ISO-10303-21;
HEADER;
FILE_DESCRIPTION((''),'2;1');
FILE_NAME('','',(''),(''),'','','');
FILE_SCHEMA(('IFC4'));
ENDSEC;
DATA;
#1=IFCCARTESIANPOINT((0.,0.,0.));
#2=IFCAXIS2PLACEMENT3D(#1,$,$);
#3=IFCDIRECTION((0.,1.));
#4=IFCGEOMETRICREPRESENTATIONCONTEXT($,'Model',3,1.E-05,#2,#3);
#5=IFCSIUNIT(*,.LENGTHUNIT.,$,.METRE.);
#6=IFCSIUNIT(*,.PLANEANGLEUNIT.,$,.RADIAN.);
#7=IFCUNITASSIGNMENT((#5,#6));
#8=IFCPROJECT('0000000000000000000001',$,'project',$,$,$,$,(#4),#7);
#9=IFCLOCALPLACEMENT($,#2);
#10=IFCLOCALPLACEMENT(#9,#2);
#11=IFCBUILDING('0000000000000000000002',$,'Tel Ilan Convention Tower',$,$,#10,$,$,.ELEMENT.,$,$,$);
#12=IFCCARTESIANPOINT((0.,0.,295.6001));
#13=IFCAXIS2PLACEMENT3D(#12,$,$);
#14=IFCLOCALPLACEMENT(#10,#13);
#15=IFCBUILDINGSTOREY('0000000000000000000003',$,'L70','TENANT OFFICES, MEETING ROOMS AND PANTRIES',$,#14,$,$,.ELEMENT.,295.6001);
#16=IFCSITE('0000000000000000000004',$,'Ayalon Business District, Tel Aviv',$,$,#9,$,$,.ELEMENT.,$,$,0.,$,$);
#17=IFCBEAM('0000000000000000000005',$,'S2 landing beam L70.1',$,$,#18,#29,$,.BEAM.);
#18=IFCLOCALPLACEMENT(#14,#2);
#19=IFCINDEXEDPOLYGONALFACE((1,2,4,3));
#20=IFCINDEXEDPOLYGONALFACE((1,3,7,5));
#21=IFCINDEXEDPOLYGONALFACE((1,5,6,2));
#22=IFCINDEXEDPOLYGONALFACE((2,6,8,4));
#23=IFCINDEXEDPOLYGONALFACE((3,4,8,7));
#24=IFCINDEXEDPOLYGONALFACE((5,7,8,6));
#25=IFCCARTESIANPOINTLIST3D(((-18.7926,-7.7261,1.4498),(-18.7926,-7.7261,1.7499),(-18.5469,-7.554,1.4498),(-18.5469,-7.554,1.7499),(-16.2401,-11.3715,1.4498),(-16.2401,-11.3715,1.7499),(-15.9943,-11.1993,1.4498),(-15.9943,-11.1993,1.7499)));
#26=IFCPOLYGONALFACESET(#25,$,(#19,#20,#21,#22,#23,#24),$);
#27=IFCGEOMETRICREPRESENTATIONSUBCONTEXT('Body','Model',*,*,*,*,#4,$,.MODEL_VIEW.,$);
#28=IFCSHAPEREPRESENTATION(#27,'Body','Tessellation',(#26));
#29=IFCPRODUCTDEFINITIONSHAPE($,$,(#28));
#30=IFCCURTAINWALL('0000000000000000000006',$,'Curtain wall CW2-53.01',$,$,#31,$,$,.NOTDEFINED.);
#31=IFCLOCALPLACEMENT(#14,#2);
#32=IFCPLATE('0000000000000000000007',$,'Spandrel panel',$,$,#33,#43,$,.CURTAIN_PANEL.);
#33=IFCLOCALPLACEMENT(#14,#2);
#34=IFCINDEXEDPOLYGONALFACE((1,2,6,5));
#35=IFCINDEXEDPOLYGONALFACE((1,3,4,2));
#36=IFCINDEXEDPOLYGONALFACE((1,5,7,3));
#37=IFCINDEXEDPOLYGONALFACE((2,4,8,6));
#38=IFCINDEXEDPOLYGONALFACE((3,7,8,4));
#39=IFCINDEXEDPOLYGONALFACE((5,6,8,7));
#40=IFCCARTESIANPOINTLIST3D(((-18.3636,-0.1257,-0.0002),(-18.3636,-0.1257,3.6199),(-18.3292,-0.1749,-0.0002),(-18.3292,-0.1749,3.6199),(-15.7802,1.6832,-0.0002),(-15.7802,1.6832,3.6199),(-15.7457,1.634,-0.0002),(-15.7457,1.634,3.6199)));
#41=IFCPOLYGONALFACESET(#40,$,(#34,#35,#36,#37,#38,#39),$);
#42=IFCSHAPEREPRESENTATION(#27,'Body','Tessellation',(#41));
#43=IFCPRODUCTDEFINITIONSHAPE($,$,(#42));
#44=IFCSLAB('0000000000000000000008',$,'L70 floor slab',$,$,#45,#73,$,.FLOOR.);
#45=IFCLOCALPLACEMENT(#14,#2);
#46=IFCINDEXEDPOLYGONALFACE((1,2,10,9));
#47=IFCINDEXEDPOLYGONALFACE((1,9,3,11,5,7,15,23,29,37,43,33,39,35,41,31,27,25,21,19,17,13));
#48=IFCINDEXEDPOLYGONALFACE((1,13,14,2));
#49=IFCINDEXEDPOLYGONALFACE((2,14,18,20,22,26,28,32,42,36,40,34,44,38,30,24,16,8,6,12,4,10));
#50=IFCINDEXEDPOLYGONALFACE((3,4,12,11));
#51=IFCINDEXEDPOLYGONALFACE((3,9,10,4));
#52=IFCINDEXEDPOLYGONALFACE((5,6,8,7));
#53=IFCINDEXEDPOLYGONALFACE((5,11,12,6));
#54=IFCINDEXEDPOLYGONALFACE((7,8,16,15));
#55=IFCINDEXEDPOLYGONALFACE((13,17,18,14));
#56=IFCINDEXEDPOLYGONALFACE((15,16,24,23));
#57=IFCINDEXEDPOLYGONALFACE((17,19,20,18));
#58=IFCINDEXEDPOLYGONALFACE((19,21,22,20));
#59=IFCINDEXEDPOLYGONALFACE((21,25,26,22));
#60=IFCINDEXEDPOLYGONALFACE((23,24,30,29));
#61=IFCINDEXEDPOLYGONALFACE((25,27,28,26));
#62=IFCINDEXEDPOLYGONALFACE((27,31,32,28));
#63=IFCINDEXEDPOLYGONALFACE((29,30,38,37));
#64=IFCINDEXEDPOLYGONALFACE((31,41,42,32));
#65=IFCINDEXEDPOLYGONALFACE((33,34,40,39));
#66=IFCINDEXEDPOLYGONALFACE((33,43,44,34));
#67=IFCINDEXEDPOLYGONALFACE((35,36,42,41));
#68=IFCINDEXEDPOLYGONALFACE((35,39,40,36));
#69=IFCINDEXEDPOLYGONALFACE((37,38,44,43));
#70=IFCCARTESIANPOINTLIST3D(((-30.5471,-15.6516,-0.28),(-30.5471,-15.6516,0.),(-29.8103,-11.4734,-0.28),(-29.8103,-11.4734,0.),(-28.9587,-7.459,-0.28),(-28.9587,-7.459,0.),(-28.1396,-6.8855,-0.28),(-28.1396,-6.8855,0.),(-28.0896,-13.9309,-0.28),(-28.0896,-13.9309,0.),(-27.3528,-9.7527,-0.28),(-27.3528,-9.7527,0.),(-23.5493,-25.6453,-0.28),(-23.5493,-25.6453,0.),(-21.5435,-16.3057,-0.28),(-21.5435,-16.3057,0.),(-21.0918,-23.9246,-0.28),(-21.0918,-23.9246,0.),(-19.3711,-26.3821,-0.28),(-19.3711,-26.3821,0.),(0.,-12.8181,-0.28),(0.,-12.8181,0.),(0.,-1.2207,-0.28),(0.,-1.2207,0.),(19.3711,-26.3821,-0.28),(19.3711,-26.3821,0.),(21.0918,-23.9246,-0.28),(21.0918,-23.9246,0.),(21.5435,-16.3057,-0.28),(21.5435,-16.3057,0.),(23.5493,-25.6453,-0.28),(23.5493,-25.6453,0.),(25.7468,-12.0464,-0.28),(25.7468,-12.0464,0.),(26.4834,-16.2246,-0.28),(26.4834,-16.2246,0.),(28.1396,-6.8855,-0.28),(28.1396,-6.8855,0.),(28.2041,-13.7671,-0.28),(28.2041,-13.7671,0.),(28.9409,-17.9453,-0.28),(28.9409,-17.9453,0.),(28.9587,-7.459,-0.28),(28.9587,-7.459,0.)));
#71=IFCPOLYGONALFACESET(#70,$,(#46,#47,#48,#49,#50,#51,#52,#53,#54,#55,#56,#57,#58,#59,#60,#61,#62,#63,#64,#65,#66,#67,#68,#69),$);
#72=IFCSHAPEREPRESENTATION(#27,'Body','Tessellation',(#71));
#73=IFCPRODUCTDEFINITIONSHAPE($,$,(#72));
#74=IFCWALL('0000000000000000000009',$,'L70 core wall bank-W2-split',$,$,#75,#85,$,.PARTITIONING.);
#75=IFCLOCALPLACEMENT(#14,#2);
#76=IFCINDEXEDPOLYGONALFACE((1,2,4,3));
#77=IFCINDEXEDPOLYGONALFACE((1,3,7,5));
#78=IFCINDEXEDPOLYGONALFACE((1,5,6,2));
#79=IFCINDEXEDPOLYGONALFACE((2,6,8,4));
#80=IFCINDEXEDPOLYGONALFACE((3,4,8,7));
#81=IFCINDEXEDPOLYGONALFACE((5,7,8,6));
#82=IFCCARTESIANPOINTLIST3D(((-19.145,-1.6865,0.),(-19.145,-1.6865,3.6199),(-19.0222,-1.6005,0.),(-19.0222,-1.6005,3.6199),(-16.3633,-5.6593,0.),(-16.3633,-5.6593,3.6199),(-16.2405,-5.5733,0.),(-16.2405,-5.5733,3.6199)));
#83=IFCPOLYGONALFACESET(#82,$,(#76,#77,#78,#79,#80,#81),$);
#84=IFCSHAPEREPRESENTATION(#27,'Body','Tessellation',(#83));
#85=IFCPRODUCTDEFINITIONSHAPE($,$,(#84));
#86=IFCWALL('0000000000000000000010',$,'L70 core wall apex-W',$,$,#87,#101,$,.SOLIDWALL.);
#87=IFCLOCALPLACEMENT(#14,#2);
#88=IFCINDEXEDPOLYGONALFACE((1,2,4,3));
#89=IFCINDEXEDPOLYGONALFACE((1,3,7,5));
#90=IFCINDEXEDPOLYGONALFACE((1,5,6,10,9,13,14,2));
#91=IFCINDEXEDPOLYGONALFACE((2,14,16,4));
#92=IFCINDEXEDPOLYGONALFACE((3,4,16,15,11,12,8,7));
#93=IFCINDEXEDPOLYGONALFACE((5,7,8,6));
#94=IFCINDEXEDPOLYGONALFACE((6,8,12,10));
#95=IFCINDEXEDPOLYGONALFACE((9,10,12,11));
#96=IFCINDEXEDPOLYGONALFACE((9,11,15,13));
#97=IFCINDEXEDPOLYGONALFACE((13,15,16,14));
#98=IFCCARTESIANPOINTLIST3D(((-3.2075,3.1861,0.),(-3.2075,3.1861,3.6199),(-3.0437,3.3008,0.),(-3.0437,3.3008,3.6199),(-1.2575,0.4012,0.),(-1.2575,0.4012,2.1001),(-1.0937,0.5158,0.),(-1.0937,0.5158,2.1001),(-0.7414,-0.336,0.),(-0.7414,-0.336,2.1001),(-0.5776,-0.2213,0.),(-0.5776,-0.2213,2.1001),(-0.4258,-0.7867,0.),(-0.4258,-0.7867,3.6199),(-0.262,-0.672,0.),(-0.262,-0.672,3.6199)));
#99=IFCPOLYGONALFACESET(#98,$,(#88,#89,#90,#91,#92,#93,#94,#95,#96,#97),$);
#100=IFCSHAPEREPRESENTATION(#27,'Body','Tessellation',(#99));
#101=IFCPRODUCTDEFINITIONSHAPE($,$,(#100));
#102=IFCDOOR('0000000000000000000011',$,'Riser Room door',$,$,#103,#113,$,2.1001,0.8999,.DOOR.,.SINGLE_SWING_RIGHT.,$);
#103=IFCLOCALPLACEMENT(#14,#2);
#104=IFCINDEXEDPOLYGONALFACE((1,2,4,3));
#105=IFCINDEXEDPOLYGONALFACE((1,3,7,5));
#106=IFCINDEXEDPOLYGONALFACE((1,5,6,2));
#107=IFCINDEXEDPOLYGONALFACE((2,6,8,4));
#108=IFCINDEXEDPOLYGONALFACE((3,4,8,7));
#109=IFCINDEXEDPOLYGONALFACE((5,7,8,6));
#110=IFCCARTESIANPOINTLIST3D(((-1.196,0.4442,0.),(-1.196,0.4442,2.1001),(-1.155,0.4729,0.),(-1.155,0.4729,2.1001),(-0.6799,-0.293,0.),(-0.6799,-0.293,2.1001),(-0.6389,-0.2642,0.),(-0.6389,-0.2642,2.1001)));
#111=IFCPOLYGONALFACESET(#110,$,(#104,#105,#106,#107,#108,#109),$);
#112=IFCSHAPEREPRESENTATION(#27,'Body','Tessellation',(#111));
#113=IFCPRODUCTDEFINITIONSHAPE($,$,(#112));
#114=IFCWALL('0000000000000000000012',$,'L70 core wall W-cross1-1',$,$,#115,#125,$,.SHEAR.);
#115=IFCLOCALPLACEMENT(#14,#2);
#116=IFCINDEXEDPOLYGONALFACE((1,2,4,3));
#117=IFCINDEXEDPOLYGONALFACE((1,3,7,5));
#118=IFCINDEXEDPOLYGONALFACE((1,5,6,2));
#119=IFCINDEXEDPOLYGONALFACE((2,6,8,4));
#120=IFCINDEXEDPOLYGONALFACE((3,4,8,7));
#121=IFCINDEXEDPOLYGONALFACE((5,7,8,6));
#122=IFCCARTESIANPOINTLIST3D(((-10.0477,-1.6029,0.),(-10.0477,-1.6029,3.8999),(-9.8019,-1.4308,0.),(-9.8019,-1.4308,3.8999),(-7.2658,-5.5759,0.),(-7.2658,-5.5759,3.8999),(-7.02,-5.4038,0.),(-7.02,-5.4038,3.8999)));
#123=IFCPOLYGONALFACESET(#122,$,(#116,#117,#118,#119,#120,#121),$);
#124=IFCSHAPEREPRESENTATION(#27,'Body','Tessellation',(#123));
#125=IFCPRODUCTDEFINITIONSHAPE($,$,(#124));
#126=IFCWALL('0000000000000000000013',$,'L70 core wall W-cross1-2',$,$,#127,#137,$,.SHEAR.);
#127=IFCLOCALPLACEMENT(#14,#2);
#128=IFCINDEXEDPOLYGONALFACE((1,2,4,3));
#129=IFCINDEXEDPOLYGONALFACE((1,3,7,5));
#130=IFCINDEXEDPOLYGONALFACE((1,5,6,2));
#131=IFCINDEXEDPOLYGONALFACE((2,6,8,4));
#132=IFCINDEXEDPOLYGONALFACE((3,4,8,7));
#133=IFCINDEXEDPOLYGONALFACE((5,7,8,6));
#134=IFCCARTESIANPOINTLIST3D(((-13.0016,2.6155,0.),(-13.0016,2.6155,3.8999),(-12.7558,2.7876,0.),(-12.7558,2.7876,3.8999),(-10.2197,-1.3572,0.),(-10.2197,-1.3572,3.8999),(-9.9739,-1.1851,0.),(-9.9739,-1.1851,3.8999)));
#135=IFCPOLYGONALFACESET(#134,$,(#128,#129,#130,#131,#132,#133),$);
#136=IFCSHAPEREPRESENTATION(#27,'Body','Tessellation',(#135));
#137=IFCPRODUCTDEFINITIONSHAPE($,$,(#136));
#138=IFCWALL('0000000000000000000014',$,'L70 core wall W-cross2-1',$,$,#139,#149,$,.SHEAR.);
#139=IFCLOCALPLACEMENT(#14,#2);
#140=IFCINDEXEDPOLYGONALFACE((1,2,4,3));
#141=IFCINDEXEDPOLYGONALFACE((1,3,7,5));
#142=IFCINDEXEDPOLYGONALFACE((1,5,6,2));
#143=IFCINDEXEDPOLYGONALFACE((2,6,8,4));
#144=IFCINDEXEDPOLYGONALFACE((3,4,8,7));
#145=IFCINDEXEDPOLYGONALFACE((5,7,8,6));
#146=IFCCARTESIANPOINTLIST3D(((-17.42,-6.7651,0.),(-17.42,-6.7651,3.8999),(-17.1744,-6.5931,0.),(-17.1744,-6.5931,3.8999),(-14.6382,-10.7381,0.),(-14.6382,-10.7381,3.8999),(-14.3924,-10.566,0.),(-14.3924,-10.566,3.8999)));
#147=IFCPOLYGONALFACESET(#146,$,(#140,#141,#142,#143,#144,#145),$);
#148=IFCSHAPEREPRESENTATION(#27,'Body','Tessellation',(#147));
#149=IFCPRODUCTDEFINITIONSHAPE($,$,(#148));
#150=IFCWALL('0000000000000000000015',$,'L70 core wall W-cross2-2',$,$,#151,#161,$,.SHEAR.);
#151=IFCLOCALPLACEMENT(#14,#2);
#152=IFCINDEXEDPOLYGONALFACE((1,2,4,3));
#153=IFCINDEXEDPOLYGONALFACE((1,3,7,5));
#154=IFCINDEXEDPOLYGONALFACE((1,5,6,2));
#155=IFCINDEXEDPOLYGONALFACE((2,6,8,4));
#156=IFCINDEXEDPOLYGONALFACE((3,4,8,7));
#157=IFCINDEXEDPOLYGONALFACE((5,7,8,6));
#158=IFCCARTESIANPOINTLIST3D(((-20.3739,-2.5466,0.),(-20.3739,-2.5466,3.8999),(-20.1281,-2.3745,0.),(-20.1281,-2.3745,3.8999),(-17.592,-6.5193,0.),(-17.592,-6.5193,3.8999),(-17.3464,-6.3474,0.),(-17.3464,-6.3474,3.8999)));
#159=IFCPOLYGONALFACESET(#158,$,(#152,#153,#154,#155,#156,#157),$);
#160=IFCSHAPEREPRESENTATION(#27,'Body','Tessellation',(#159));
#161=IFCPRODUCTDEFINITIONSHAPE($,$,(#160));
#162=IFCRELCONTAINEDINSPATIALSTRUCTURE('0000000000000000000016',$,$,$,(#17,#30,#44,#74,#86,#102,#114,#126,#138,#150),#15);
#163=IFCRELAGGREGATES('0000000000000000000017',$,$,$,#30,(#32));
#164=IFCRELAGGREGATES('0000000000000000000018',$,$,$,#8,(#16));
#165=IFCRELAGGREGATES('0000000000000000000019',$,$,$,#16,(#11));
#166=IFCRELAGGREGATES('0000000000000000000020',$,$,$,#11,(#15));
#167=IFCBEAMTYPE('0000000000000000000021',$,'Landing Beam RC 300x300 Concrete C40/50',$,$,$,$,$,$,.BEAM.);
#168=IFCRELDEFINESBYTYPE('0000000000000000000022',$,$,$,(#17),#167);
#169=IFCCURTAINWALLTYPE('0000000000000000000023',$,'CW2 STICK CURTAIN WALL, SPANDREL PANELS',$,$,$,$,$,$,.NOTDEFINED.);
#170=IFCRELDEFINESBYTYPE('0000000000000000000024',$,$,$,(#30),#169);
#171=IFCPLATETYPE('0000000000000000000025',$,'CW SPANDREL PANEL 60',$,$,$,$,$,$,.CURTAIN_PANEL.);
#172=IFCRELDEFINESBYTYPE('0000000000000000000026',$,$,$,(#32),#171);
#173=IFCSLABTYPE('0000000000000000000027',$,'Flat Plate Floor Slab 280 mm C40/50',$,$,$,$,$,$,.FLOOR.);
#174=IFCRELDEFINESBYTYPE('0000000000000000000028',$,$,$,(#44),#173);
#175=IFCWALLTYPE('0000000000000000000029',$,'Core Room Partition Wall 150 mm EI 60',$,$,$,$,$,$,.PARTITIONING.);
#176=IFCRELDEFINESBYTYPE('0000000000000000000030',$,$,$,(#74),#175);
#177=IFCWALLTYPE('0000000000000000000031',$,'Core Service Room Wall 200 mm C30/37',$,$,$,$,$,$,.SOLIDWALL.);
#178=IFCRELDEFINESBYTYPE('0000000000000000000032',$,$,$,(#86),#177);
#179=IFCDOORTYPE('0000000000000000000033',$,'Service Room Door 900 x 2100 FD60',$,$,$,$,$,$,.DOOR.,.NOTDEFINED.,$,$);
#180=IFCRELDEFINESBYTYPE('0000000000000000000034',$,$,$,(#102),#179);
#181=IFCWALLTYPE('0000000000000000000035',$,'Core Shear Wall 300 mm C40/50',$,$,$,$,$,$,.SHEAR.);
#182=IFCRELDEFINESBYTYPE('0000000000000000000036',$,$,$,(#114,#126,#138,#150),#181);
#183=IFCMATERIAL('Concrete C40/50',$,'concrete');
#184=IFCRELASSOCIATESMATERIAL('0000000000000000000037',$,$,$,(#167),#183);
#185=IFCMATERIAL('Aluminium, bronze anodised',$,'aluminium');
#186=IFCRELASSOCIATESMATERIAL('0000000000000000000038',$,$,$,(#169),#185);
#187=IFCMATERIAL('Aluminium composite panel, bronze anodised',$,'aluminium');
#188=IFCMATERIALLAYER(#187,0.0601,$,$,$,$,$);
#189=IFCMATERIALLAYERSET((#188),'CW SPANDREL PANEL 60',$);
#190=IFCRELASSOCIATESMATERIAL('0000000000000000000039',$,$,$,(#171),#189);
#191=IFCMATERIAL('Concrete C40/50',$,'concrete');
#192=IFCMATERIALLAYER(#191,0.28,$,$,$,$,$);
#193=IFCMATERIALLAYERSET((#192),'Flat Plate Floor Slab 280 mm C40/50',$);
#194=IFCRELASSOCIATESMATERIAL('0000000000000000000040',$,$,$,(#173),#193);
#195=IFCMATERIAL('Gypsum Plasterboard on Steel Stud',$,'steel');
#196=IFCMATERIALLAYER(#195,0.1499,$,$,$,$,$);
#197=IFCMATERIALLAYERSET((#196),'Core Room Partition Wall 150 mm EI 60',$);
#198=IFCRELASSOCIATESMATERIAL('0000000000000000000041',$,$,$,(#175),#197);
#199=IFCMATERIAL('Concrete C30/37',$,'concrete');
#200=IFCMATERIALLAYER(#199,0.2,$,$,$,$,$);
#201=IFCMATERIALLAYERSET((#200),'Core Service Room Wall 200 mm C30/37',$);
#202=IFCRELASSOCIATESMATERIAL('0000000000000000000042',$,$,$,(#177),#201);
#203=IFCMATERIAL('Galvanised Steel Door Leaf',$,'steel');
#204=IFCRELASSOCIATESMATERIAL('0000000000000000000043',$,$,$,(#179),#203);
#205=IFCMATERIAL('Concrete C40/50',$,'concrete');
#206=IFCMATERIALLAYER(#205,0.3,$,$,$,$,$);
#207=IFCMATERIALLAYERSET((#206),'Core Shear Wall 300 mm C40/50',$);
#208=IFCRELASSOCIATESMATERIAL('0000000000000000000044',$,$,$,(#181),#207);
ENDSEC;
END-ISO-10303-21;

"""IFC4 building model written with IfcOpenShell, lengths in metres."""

from ifc_helpers import new_model, si_unit, direction, frame, frame_2d, origin, origin_2d, place, context, subcontext, project, spatial, polyline, rectangle, outline, extrude, material, layer, layer_set, material_profile, profile_set, type_object, element, fill, aggregate, save


model = new_model("IFC4")

# Units and contexts
model_context = context("Model", 3, precision=1e-05, world=origin(), true_north=direction((0.0, 1.0)))
body_context = subcontext(model_context, "Body", "Model", "MODEL_VIEW")
ifc_project = project(units=[si_unit("LENGTHUNIT", "METRE"), si_unit("PLANEANGLEUNIT", "RADIAN")], contexts=[model_context])

# Site, building, storey
site_placement = place(None, origin())
site = spatial("IfcSite", under=ifc_project, at=site_placement, Name="Ayalon Business District, Tel Aviv", CompositionType="ELEMENT", RefElevation=0.0)
building_placement = place(site_placement, origin())
building = spatial("IfcBuilding", under=site, at=building_placement, Name="Tel Ilan Convention Tower", CompositionType="ELEMENT")
storey_placement = place(building_placement, frame((0.0, 0.0, 295.6001)))
storey = spatial("IfcBuildingStorey", under=building, at=storey_placement, Name="L70", Description="TENANT OFFICES, MEETING ROOMS AND PANTRIES", CompositionType="ELEMENT", Elevation=295.6001)

# Beam
ifc_material_1 = material(Name="Concrete C40/50", Category="concrete")
ifc_material_profile = material_profile(ifc_material_1, rectangle(XDim=0.3, YDim=0.3, at=origin_2d()), Name="RC 300x300")
ifc_profile_set = profile_set([ifc_material_profile], Name="Concrete C40/50")
beam_type = type_object("IfcBeamType", Name="Landing Beam RC 300x300 Concrete C40/50", PredefinedType="BEAM", material=ifc_profile_set)
beam_placement = place(storey_placement, frame((-16.1172, -11.2854, 1.5999), z_axis=(-0.573584, 0.819147, 0.0), x_axis=(-0.819147, -0.573584, 0.0)))
element("IfcBeam", 1, at=beam_placement, inside=storey, type_object=beam_type, Name="S2 landing beam L70.1", PredefinedType="BEAM", context=body_context, shape_type="SweptSolid", body=[
    extrude(rectangle(XDim=0.3, YDim=0.3, at=origin_2d()), origin(), (0.0, 0.0, 1.0), 4.4502),
])

# Curtain wall, plate
ifc_material_2 = material(Name="Aluminium, bronze anodised", Category="aluminium")
curtain_wall_type = type_object("IfcCurtainWallType", Name="CW2 STICK CURTAIN WALL, SPANDREL PANELS", PredefinedType="NOTDEFINED", material=ifc_material_2)
curtain_wall_placement = place(storey_placement, origin())
curtain_wall = element("IfcCurtainWall", 2, at=curtain_wall_placement, inside=storey, type_object=curtain_wall_type, Name="Curtain wall CW2-53.01", PredefinedType="NOTDEFINED")
ifc_material_3 = material(Name="Aluminium composite panel, bronze anodised", Category="aluminium")
ifc_layer_1 = layer(ifc_material_3, 0.0601)
ifc_layer_set_1 = layer_set([ifc_layer_1], Name="CW SPANDREL PANEL 60")
plate_type = type_object("IfcPlateType", Name="CW SPANDREL PANEL 60", PredefinedType="CURTAIN_PANEL", material=ifc_layer_set_1)
plate_placement = place(storey_placement, frame((-17.0547, 0.7542, -0.0002), z_axis=(0.0, 0.0, 1.0), x_axis=(-0.819152, -0.573576, 0.0)))
plate = element("IfcPlate", 3, at=plate_placement, type_object=plate_type, Name="Spandrel panel", PredefinedType="CURTAIN_PANEL", context=body_context, shape_type="SweptSolid", body=[
    extrude(rectangle(XDim=3.1538, YDim=0.0601, at=origin_2d()), origin(), (0.0, 0.0, 1.0), 3.6201),
])
aggregate(curtain_wall, [plate])

# Slab
ifc_material_4 = material(Name="Concrete C40/50", Category="concrete")
ifc_layer_2 = layer(ifc_material_4, 0.28)
ifc_layer_set_2 = layer_set([ifc_layer_2], Name="Flat Plate Floor Slab 280 mm C40/50")
slab_type = type_object("IfcSlabType", Name="Flat Plate Floor Slab 280 mm C40/50", PredefinedType="FLOOR", material=ifc_layer_set_2)
slab_placement = place(storey_placement, frame((0.0, 0.0, -0.28)))
element("IfcSlab", 4, at=slab_placement, inside=storey, type_object=slab_type, Name="L70 floor slab", PredefinedType="FLOOR", context=body_context, shape_type="SweptSolid", body=[
    extrude(outline(polyline([(-21.0918, -23.9246), (-23.5493, -25.6453), (-30.5471, -15.6516), (-28.0896, -13.9309), (-29.8103, -11.4734), (-27.3528, -9.7527), (-28.9587, -7.459), (-28.1396, -6.8855), (-21.5435, -16.3057), (0.0, -1.2207), (21.5435, -16.3057), (28.1396, -6.8855), (28.9587, -7.459), (25.7468, -12.0464), (28.2041, -13.7671), (26.4834, -16.2246), (28.9409, -17.9453), (23.5493, -25.6453), (21.0918, -23.9246), (19.3711, -26.3821), (0.0, -12.8181), (-19.3711, -26.3821), (-21.0918, -23.9246)])), origin(), (0.0, 0.0, 1.0), 0.28),
])

# Wall
ifc_material_5 = material(Name="Gypsum Plasterboard on Steel Stud", Category="steel")
ifc_layer_3 = layer(ifc_material_5, 0.1499)
ifc_layer_set_3 = layer_set([ifc_layer_3], Name="Core Room Partition Wall 150 mm EI 60")
wall_type_1 = type_object("IfcWallType", Name="Core Room Partition Wall 150 mm EI 60", PredefinedType="PARTITIONING", material=ifc_layer_set_3)
wall_1_placement = place(storey_placement, frame((-16.302, -5.6162, 0.0), z_axis=(0.0, 0.0, 1.0), x_axis=(-0.57356, 0.819163, 0.0)))
element("IfcWall", 5, at=wall_1_placement, inside=storey, type_object=wall_type_1, Name="L70 core wall bank-W2-split", PredefinedType="PARTITIONING", context=body_context, shape_type="SweptSolid", body=[
    extrude(rectangle(XDim=4.8499, YDim=0.1499, at=frame_2d((2.4248, 0.0))), origin(), (0.0, 0.0, 1.0), 3.6199),
])

# Wall, opening, door
ifc_material_6 = material(Name="Concrete C30/37", Category="concrete")
ifc_layer_4 = layer(ifc_material_6, 0.2)
ifc_layer_set_4 = layer_set([ifc_layer_4], Name="Core Service Room Wall 200 mm C30/37")
wall_type_2 = type_object("IfcWallType", Name="Core Service Room Wall 200 mm C30/37", PredefinedType="SOLIDWALL", material=ifc_layer_set_4)
wall_2_placement = place(storey_placement, frame((-0.344, -0.7292, 0.0), z_axis=(0.0, 0.0, 1.0), x_axis=(-0.57356, 0.819163, 0.0)))
wall_2 = element("IfcWall", 6, at=wall_2_placement, inside=storey, type_object=wall_type_2, Name="L70 core wall apex-W", PredefinedType="SOLIDWALL", context=body_context, shape_type="SweptSolid", body=[
    extrude(rectangle(XDim=4.8499, YDim=0.2, at=frame_2d((2.4248, 0.0))), origin(), (0.0, 0.0, 1.0), 3.6199),
])
opening_1_placement = place(wall_2_placement, frame((0.55, 0.0, 0.0)))
opening_1 = element("IfcOpeningElement", 7, at=opening_1_placement, cuts=wall_2, PredefinedType="OPENING", context=body_context, shape_type="SweptSolid", body=[
    extrude(rectangle(XDim=0.8999, YDim=2.1001, at=frame_2d((0.45, 1.05))), frame((0.0, 0.1099, 0.0), z_axis=(0.0, -1.0, 0.0), x_axis=(1.0, 0.0, 0.0)), (0.0, 0.0, 1.0), 0.22),
])
ifc_material_7 = material(Name="Galvanised Steel Door Leaf", Category="steel")
door_type_1 = type_object("IfcDoorType", Name="Service Room Door 900 x 2100 FD60", OperationType="NOTDEFINED", PredefinedType="DOOR", material=ifc_material_7)
door_1_placement = place(opening_1_placement, origin())
door_1 = element("IfcDoor", 8, at=door_1_placement, inside=storey, type_object=door_type_1, Name="Riser Room door", OperationType="SINGLE_SWING_RIGHT", OverallHeight=2.1001, OverallWidth=0.8999, PredefinedType="DOOR", context=body_context, shape_type="SweptSolid", body=[
    extrude(rectangle(XDim=0.8999, YDim=2.1001, at=frame_2d((0.45, 1.05))), frame((0.0, 0.0249, 0.0), z_axis=(0.0, -1.0, 0.0), x_axis=(1.0, 0.0, 0.0)), (0.0, 0.0, 1.0), 0.05),
])
fill(opening_1, door_1)

# Walls
ifc_material_8 = material(Name="Concrete C40/50", Category="concrete")
ifc_layer_5 = layer(ifc_material_8, 0.3)
ifc_layer_set_5 = layer_set([ifc_layer_5], Name="Core Shear Wall 300 mm C40/50")
wall_type_3 = type_object("IfcWallType", Name="Core Shear Wall 300 mm C40/50", PredefinedType="SHEAR", material=ifc_layer_set_5)
wall_3_placement = place(storey_placement, frame((-7.1428, -5.4897, 0.0), z_axis=(0.0, 0.0, 1.0), x_axis=(-0.573618, 0.819123, 0.0)))
element("IfcWall", 9, at=wall_3_placement, inside=storey, type_object=wall_type_3, Name="L70 core wall W-cross1-1", PredefinedType="SHEAR", context=body_context, shape_type="SweptSolid", body=[
    extrude(outline(polyline([(4.8501, 0.1499), (0.0, 0.1501), (0.0, -0.1499), (4.8501, -0.1501), (4.8501, 0.1499)])), origin(), (0.0, 0.0, 1.0), 3.8999),
])
wall_4_placement = place(storey_placement, frame((-10.0969, -1.2712, 0.0), z_axis=(0.0, 0.0, 1.0), x_axis=(-0.57356, 0.819163, 0.0)))
element("IfcWall", 10, at=wall_4_placement, inside=storey, type_object=wall_type_3, Name="L70 core wall W-cross1-2", PredefinedType="SHEAR", context=body_context, shape_type="SweptSolid", body=[
    extrude(outline(polyline([(4.8499, -0.1499), (4.8499, 0.1501), (0.0, 0.1499), (0.0, -0.1501), (4.8499, -0.1499)])), origin(), (0.0, 0.0, 1.0), 3.8999),
])
wall_5_placement = place(storey_placement, frame((-14.5154, -10.6521, 0.0), z_axis=(0.0, 0.0, 1.0), x_axis=(-0.57356, 0.819163, 0.0)))
element("IfcWall", 11, at=wall_5_placement, inside=storey, type_object=wall_type_3, Name="L70 core wall W-cross2-1", PredefinedType="SHEAR", context=body_context, shape_type="SweptSolid", body=[
    extrude(outline(polyline([(4.8501, 0.1499), (0.0, 0.1499), (0.0, -0.1501), (4.8501, -0.1499), (4.8501, 0.1499)])), origin(), (0.0, 0.0, 1.0), 3.8999),
])
wall_6_placement = place(storey_placement, frame((-17.4692, -6.4333, 0.0), z_axis=(0.0, 0.0, 1.0), x_axis=(-0.573594, 0.81914, 0.0)))
element("IfcWall", 12, at=wall_6_placement, inside=storey, type_object=wall_type_3, Name="L70 core wall W-cross2-2", PredefinedType="SHEAR", context=body_context, shape_type="SweptSolid", body=[
    extrude(outline(polyline([(4.8499, -0.1501), (4.8499, 0.1499), (0.0, 0.1499), (0.0, -0.1499), (4.8499, -0.1501)])), origin(), (0.0, 0.0, 1.0), 3.8999),
])

save(model, "model.ifc")
